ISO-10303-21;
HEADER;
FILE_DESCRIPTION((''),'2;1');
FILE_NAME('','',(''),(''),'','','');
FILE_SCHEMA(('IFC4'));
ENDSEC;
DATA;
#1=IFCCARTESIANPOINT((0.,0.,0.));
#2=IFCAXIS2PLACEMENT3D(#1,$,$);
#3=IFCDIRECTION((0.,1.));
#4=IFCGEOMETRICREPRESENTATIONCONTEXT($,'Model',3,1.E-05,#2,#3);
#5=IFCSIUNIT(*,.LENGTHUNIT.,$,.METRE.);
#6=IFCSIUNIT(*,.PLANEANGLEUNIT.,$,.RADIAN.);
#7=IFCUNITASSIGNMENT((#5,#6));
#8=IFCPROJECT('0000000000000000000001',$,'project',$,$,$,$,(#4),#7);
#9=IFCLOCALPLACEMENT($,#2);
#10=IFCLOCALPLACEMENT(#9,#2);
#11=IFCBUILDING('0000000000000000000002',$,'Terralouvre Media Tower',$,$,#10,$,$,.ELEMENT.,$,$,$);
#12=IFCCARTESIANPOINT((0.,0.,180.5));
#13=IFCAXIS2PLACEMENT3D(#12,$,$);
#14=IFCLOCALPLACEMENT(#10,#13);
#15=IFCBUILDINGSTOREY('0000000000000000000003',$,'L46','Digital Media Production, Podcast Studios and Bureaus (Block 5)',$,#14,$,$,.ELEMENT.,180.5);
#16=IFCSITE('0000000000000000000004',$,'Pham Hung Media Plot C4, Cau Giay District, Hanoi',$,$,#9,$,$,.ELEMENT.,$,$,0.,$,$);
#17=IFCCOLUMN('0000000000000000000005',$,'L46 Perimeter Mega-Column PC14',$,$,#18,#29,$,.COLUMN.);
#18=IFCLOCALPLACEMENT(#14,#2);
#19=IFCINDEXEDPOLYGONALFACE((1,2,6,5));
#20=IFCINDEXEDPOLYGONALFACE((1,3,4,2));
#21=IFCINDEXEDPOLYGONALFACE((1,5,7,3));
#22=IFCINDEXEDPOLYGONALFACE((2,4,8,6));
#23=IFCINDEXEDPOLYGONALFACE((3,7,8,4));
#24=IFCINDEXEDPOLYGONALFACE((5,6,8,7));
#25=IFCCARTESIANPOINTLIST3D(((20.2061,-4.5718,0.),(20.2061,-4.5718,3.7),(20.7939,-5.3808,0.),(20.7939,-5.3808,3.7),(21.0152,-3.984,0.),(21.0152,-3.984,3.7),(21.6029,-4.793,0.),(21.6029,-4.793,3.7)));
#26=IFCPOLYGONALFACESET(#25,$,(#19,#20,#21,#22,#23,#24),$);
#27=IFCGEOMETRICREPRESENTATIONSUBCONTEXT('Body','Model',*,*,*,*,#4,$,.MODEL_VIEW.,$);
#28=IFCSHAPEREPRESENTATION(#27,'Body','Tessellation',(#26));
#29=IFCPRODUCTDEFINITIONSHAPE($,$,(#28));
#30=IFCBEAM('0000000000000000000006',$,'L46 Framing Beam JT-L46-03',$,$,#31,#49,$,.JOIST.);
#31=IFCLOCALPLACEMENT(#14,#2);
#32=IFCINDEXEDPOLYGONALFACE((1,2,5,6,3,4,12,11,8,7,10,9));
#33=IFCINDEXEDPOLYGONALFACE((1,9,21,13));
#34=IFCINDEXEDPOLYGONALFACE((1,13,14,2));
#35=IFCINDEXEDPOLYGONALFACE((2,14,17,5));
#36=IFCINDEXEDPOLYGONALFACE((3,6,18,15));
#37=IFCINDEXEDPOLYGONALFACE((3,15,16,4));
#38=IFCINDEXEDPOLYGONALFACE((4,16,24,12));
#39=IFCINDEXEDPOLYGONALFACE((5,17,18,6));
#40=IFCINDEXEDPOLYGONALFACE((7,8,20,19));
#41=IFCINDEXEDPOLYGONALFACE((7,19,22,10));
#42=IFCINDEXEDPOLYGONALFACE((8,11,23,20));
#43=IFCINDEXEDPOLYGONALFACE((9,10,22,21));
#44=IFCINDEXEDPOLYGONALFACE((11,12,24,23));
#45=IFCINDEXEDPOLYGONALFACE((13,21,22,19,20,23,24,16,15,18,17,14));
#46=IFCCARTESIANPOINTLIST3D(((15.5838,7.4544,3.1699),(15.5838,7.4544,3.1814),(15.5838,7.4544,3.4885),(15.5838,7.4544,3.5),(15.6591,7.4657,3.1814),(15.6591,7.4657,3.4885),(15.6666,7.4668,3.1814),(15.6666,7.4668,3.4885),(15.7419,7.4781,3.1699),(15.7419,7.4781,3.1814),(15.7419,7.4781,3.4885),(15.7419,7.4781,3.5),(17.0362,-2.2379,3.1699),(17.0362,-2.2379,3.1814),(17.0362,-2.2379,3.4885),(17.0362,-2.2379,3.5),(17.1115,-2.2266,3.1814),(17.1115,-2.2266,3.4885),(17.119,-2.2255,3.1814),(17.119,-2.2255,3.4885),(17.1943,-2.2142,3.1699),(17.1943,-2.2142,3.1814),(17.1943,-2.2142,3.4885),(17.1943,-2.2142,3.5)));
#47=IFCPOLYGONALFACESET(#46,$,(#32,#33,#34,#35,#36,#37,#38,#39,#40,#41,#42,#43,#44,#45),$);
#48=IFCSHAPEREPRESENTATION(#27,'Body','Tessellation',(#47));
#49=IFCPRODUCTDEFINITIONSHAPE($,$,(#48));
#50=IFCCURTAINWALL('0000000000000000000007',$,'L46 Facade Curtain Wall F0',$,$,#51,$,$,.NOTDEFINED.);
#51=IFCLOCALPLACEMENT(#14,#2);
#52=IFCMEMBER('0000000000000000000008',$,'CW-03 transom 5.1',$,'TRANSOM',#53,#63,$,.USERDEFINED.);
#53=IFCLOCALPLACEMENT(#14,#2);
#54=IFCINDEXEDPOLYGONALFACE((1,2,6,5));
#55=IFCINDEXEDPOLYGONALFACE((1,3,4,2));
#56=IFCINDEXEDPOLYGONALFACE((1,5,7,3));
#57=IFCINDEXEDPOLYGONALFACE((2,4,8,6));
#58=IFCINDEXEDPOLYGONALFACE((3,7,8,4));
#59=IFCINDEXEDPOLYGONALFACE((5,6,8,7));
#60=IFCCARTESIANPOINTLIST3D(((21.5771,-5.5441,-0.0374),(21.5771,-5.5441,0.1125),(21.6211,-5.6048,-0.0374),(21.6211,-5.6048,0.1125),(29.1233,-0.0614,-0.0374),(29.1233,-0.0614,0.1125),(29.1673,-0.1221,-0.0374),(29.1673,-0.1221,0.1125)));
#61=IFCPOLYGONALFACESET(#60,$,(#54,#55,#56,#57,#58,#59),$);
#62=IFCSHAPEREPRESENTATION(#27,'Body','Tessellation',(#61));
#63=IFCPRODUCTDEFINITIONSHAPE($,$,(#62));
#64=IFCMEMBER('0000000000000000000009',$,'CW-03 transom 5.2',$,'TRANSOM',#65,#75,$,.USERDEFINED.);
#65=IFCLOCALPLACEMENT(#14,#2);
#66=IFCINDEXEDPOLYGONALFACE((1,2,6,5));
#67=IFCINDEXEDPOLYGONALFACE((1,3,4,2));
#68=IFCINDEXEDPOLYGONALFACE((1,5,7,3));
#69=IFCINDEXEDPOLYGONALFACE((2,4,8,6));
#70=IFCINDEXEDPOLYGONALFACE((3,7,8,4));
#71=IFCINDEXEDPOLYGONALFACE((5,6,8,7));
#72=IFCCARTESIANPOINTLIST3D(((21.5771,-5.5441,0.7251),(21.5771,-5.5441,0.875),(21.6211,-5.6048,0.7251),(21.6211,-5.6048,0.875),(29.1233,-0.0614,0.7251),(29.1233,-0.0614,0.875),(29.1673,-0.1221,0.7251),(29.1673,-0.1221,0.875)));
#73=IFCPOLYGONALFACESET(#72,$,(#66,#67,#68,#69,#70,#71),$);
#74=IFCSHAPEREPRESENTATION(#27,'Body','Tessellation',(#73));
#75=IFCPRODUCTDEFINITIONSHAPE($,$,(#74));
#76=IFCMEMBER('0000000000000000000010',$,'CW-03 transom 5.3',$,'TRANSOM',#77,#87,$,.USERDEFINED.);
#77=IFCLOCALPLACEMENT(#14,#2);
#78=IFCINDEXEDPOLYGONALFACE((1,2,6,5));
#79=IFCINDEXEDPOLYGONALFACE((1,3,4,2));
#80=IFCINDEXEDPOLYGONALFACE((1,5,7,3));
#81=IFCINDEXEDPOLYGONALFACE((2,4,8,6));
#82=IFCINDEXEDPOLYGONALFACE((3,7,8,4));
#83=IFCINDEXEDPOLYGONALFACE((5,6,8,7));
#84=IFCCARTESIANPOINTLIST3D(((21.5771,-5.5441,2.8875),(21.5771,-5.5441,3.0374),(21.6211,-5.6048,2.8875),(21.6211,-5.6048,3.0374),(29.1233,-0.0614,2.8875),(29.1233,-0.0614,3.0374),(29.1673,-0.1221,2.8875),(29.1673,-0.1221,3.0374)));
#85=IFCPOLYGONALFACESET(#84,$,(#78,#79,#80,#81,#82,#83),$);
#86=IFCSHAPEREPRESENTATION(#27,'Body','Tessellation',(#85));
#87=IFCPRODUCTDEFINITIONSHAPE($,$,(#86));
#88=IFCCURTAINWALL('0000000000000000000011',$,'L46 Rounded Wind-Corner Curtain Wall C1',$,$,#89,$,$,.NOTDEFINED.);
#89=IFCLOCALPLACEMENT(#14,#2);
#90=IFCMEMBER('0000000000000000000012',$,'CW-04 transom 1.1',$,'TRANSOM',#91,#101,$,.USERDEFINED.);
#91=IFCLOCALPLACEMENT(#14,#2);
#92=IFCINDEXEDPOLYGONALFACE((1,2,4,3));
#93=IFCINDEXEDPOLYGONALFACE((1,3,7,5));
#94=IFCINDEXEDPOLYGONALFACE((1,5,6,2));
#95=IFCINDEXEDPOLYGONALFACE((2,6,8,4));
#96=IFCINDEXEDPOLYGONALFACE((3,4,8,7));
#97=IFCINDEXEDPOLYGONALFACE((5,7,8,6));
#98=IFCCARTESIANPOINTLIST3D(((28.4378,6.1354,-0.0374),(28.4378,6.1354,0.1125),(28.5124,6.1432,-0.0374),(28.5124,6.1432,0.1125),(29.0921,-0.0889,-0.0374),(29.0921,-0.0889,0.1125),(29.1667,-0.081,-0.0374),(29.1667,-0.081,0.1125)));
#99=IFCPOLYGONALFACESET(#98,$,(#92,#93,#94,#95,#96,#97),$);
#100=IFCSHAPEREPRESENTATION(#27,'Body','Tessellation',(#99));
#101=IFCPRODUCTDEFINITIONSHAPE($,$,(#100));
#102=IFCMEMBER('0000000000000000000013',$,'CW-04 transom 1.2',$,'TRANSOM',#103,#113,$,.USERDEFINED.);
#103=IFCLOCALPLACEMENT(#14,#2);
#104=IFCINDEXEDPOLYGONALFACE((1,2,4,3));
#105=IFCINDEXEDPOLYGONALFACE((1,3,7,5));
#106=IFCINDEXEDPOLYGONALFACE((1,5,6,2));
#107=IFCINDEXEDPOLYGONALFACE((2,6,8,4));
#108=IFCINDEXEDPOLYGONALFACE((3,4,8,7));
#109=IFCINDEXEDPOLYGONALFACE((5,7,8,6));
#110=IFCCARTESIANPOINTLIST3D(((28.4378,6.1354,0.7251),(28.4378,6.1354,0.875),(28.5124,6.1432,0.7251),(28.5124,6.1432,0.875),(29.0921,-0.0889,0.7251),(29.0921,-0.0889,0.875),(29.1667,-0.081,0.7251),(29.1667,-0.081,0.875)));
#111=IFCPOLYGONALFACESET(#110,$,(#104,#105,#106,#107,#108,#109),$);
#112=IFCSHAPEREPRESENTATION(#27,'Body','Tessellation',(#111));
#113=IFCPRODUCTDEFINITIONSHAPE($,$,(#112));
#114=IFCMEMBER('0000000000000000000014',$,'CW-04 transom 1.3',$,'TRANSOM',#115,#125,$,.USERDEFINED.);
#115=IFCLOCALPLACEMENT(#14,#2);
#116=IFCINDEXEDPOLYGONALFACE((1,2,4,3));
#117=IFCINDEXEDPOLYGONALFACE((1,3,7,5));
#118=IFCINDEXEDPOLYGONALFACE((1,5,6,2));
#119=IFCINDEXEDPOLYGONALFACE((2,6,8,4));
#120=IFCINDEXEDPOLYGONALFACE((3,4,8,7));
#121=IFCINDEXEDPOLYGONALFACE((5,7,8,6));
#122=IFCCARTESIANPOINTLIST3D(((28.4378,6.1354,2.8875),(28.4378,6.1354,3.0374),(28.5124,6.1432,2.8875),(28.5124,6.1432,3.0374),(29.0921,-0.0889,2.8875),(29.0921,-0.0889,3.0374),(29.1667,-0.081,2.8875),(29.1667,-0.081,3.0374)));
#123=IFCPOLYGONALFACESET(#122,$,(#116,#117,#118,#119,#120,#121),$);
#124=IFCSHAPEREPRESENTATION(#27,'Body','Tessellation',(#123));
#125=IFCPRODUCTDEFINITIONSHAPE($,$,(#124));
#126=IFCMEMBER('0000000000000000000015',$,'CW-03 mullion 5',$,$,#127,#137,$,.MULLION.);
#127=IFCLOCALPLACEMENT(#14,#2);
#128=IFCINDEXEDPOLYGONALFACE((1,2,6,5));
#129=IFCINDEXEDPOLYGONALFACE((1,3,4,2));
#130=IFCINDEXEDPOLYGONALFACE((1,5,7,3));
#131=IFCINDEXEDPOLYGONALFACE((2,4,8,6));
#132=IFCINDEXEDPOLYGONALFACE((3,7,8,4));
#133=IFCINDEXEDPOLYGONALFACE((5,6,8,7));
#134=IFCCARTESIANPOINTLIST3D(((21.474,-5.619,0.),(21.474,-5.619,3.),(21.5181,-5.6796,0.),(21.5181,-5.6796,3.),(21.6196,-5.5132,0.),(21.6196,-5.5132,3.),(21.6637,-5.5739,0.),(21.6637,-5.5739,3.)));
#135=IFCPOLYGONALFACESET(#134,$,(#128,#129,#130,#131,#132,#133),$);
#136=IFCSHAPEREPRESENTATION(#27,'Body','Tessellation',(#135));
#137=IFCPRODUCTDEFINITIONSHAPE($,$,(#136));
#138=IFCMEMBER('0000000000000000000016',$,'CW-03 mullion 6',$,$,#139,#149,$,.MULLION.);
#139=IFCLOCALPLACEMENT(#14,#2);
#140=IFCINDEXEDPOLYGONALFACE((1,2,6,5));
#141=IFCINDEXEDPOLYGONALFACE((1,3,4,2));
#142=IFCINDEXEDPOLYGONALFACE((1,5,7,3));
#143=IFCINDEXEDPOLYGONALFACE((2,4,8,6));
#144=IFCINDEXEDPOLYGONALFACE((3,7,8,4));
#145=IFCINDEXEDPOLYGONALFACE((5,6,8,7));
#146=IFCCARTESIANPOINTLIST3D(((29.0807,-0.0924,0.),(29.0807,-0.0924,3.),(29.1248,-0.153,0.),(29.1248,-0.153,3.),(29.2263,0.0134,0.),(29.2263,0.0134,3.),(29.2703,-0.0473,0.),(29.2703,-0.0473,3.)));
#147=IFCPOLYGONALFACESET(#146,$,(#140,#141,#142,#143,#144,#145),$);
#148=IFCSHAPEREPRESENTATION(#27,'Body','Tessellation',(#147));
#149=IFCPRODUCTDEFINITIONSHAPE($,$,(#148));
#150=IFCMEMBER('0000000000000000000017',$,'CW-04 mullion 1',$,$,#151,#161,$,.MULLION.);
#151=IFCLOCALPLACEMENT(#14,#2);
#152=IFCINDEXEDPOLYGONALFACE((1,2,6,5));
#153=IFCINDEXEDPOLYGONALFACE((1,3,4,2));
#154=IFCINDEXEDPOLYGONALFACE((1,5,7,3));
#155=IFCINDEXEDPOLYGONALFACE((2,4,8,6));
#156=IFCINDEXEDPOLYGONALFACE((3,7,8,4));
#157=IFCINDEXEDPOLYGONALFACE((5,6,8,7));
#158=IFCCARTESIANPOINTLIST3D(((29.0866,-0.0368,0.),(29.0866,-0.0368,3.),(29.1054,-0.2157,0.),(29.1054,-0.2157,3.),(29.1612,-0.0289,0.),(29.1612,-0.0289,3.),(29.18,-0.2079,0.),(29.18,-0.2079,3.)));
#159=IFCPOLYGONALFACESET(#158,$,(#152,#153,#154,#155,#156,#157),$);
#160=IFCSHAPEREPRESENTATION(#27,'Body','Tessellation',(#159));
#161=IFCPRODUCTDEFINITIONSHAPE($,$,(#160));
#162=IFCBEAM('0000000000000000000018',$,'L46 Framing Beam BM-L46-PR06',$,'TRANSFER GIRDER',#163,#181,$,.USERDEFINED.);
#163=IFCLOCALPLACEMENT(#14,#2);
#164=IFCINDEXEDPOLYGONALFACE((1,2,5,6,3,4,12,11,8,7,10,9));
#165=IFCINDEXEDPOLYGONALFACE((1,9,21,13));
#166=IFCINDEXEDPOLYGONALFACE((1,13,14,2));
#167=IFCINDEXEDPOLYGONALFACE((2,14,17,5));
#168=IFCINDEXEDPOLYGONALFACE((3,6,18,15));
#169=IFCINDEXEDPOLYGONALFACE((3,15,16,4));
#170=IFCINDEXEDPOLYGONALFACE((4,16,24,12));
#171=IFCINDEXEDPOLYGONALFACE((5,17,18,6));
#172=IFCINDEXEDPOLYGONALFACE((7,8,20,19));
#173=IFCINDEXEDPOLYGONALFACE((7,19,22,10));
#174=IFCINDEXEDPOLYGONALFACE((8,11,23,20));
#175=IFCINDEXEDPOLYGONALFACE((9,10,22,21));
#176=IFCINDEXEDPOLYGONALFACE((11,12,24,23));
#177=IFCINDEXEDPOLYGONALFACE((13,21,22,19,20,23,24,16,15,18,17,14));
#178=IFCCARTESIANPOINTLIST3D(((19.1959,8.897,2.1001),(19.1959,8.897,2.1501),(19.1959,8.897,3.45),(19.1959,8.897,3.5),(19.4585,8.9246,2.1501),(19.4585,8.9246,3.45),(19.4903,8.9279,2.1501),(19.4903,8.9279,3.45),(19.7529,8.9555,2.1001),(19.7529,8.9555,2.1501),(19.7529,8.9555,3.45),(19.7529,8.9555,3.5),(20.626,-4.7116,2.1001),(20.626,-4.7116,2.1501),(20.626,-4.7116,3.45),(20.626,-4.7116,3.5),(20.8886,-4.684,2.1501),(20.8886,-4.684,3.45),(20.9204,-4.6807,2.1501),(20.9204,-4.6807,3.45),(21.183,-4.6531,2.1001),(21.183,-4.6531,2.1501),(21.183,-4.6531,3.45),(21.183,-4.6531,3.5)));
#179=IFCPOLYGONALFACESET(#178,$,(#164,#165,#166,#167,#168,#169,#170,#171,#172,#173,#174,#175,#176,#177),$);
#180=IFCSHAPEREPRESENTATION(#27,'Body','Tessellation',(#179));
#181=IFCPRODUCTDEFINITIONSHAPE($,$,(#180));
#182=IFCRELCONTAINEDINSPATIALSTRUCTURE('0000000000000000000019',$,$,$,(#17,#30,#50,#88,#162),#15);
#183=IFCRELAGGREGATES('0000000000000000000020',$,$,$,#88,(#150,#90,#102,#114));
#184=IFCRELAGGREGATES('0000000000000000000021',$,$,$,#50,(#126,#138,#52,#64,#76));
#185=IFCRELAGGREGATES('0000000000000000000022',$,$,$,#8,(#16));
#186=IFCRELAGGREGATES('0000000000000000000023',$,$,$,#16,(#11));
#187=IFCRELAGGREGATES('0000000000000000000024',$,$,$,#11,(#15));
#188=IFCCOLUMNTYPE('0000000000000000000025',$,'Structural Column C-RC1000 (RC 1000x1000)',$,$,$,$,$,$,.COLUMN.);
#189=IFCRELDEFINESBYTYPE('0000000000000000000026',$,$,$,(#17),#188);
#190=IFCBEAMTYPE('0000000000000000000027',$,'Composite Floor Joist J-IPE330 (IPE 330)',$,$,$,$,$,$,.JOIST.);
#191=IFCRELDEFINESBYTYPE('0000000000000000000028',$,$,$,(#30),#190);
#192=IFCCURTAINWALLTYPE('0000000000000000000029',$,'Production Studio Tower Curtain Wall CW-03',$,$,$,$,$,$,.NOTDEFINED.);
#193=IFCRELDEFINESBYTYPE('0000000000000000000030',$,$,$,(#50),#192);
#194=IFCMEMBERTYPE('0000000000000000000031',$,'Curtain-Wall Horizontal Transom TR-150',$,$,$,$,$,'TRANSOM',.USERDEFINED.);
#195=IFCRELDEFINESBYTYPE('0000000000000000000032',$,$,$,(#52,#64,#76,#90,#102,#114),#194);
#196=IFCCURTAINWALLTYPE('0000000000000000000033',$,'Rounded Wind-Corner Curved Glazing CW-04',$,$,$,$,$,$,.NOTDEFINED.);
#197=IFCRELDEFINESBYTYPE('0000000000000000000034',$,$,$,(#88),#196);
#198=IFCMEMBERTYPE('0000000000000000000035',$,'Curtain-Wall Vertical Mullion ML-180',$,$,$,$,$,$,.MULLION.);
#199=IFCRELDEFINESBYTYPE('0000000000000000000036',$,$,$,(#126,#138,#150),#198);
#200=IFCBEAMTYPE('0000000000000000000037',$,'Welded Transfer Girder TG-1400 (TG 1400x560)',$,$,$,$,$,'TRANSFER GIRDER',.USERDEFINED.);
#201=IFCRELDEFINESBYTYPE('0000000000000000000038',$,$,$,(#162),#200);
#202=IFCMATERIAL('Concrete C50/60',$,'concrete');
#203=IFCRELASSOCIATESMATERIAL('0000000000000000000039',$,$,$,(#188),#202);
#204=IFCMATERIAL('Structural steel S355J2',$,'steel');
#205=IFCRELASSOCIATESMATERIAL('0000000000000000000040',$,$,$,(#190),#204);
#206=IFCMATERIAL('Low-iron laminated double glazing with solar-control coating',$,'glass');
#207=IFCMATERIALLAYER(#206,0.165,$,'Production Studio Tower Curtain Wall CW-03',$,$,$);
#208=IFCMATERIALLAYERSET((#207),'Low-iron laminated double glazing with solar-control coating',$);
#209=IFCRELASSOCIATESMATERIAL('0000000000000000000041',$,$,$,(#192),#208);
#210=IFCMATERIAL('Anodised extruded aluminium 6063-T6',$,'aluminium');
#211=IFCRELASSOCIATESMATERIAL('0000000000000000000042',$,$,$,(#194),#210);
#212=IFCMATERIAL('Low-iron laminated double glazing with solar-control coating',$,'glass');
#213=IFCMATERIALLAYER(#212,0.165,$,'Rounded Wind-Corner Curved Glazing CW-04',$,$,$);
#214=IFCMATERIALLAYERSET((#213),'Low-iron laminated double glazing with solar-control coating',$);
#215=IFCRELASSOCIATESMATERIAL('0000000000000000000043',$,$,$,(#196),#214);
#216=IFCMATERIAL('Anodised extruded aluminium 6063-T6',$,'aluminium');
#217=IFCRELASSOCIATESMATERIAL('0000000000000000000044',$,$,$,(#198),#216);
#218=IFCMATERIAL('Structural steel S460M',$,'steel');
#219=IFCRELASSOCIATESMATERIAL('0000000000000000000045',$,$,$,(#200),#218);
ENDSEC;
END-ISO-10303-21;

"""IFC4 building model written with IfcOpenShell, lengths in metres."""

from ifc_helpers import new_model, si_unit, direction, frame, origin, origin_2d, place, context, subcontext, project, spatial, rectangle, i_section, extrude, material, layer, layer_set, material_profile, profile_set, type_object, element, aggregate, save


model = new_model("IFC4")

# Units and contexts
model_context = context("Model", 3, precision=1e-05, world=origin(), true_north=direction((0.0, 1.0)))
body_context = subcontext(model_context, "Body", "Model", "MODEL_VIEW")
ifc_project = project(units=[si_unit("LENGTHUNIT", "METRE"), si_unit("PLANEANGLEUNIT", "RADIAN")], contexts=[model_context])

# Site, building, storey
site_placement = place(None, origin())
site = spatial("IfcSite", under=ifc_project, at=site_placement, Name="Pham Hung Media Plot C4, Cau Giay District, Hanoi", CompositionType="ELEMENT", RefElevation=0.0)
building_placement = place(site_placement, origin())
building = spatial("IfcBuilding", under=site, at=building_placement, Name="Terralouvre Media Tower", CompositionType="ELEMENT")
storey_placement = place(building_placement, frame((0.0, 0.0, 180.5)))
storey = spatial("IfcBuildingStorey", under=building, at=storey_placement, Name="L46", Description="Digital Media Production, Podcast Studios and Bureaus (Block 5)", CompositionType="ELEMENT", Elevation=180.5)

# Column
ifc_material_1 = material(Name="Concrete C50/60", Category="concrete")
ifc_material_profile_1 = material_profile(ifc_material_1, rectangle(XDim=1.0, YDim=1.0, at=origin_2d()), Name="RC 1000x1000")
ifc_profile_set_1 = profile_set([ifc_material_profile_1], Name="Concrete C50/60")
column_type = type_object("IfcColumnType", Name="Structural Column C-RC1000 (RC 1000x1000)", PredefinedType="COLUMN", material=ifc_profile_set_1)
column_placement = place(storey_placement, frame((20.9045, -4.6824, 0.0), z_axis=(0.0, 0.0, 1.0), x_axis=(0.809017, 0.587785, 0.0)))
element("IfcColumn", 1, at=column_placement, inside=storey, type_object=column_type, Name="L46 Perimeter Mega-Column PC14", PredefinedType="COLUMN", context=body_context, shape_type="SweptSolid", body=[
    extrude(rectangle(XDim=1.0, YDim=1.0, at=origin_2d()), origin(), (0.0, 0.0, 1.0), 3.7),
])

# Beam
ifc_material_2 = material(Name="Structural steel S355J2", Category="steel")
ifc_material_profile_2 = material_profile(ifc_material_2, i_section(OverallWidth=0.1599, OverallDepth=0.3301, WebThickness=0.0076, FlangeThickness=0.0115, at=origin_2d()), Name="IPE 330")
ifc_profile_set_2 = profile_set([ifc_material_profile_2], Name="Structural steel S355J2")
beam_type_1 = type_object("IfcBeamType", Name="Composite Floor Joist J-IPE330 (IPE 330)", PredefinedType="JOIST", material=ifc_profile_set_2)
beam_1_placement = place(storey_placement, frame((17.1152, -2.2261, 3.335), z_axis=(-0.148194, 0.988958, 0.0), x_axis=(-0.988958, -0.148194, 0.0)))
element("IfcBeam", 2, at=beam_1_placement, inside=storey, type_object=beam_type_1, Name="L46 Framing Beam JT-L46-03", PredefinedType="JOIST", context=body_context, shape_type="SweptSolid", body=[
    extrude(i_section(OverallWidth=0.1599, OverallDepth=0.3301, WebThickness=0.0076, FlangeThickness=0.0115, at=origin_2d()), origin(), (0.0, 0.0, 1.0), 9.8005),
])

# Curtain walls, members
ifc_material_3 = material(Name="Low-iron laminated double glazing with solar-control coating", Category="glass")
ifc_layer_1 = layer(ifc_material_3, 0.165, Name="Production Studio Tower Curtain Wall CW-03")
ifc_layer_set_1 = layer_set([ifc_layer_1], Name="Low-iron laminated double glazing with solar-control coating")
curtain_wall_type_1 = type_object("IfcCurtainWallType", Name="Production Studio Tower Curtain Wall CW-03", PredefinedType="NOTDEFINED", material=ifc_layer_set_1)
curtain_wall_1_placement = place(storey_placement, origin())
curtain_wall_1 = element("IfcCurtainWall", 3, at=curtain_wall_1_placement, inside=storey, type_object=curtain_wall_type_1, Name="L46 Facade Curtain Wall F0", PredefinedType="NOTDEFINED")
ifc_material_4 = material(Name="Anodised extruded aluminium 6063-T6", Category="aluminium")
ifc_material_profile_3 = material_profile(ifc_material_4, rectangle(XDim=0.075, YDim=0.1499, at=origin_2d()), Name="ALU 75x150")
ifc_profile_set_3 = profile_set([ifc_material_profile_3], Name="Anodised extruded aluminium 6063-T6")
member_type_1 = type_object("IfcMemberType", Name="Curtain-Wall Horizontal Transom TR-150", ElementType="TRANSOM", PredefinedType="USERDEFINED", material=ifc_profile_set_3)
member_1_placement = place(storey_placement, frame((21.5991, -5.5745, 0.0376), z_axis=(0.809013, 0.58779, 0.0), x_axis=(-0.58779, 0.809013, 0.0)))
member_1 = element("IfcMember", 4, at=member_1_placement, type_object=member_type_1, Name="CW-03 transom 5.1", ObjectType="TRANSOM", PredefinedType="USERDEFINED", context=body_context, shape_type="SweptSolid", body=[
    extrude(rectangle(XDim=0.075, YDim=0.1499, at=origin_2d()), origin(), (0.0, 0.0, 1.0), 9.3276),
])
member_2_placement = place(storey_placement, frame((21.5991, -5.5745, 0.8), z_axis=(0.809013, 0.58779, 0.0), x_axis=(-0.58779, 0.809013, 0.0)))
member_2 = element("IfcMember", 5, at=member_2_placement, type_object=member_type_1, Name="CW-03 transom 5.2", ObjectType="TRANSOM", PredefinedType="USERDEFINED", context=body_context, shape_type="SweptSolid", body=[
    extrude(rectangle(XDim=0.075, YDim=0.1499, at=origin_2d()), origin(), (0.0, 0.0, 1.0), 9.3276),
])
member_3_placement = place(storey_placement, frame((21.5991, -5.5745, 2.9624), z_axis=(0.809013, 0.58779, 0.0), x_axis=(-0.58779, 0.809013, 0.0)))
member_3 = element("IfcMember", 6, at=member_3_placement, type_object=member_type_1, Name="CW-03 transom 5.3", ObjectType="TRANSOM", PredefinedType="USERDEFINED", context=body_context, shape_type="SweptSolid", body=[
    extrude(rectangle(XDim=0.075, YDim=0.1499, at=origin_2d()), origin(), (0.0, 0.0, 1.0), 9.3276),
])
ifc_material_5 = material(Name="Low-iron laminated double glazing with solar-control coating", Category="glass")
ifc_layer_2 = layer(ifc_material_5, 0.165, Name="Rounded Wind-Corner Curved Glazing CW-04")
ifc_layer_set_2 = layer_set([ifc_layer_2], Name="Low-iron laminated double glazing with solar-control coating")
curtain_wall_type_2 = type_object("IfcCurtainWallType", Name="Rounded Wind-Corner Curved Glazing CW-04", PredefinedType="NOTDEFINED", material=ifc_layer_set_2)
curtain_wall_2_placement = place(storey_placement, origin())
curtain_wall_2 = element("IfcCurtainWall", 7, at=curtain_wall_2_placement, inside=storey, type_object=curtain_wall_type_2, Name="L46 Rounded Wind-Corner Curtain Wall C1", PredefinedType="NOTDEFINED")
member_4_placement = place(storey_placement, frame((29.1294, -0.085, 0.0376), z_axis=(-0.104543, 0.99452, 0.0), x_axis=(-0.99452, -0.104543, 0.0)))
member_4 = element("IfcMember", 8, at=member_4_placement, type_object=member_type_1, Name="CW-04 transom 1.1", ObjectType="TRANSOM", PredefinedType="USERDEFINED", context=body_context, shape_type="SweptSolid", body=[
    extrude(rectangle(XDim=0.075, YDim=0.1499, at=origin_2d()), origin(), (0.0, 0.0, 1.0), 6.2585),
])
member_5_placement = place(storey_placement, frame((29.1294, -0.085, 0.8), z_axis=(-0.104543, 0.99452, 0.0), x_axis=(-0.99452, -0.104543, 0.0)))
member_5 = element("IfcMember", 9, at=member_5_placement, type_object=member_type_1, Name="CW-04 transom 1.2", ObjectType="TRANSOM", PredefinedType="USERDEFINED", context=body_context, shape_type="SweptSolid", body=[
    extrude(rectangle(XDim=0.075, YDim=0.1499, at=origin_2d()), origin(), (0.0, 0.0, 1.0), 6.2585),
])
member_6_placement = place(storey_placement, frame((29.1294, -0.085, 2.9624), z_axis=(-0.104543, 0.99452, 0.0), x_axis=(-0.99452, -0.104543, 0.0)))
member_6 = element("IfcMember", 10, at=member_6_placement, type_object=member_type_1, Name="CW-04 transom 1.3", ObjectType="TRANSOM", PredefinedType="USERDEFINED", context=body_context, shape_type="SweptSolid", body=[
    extrude(rectangle(XDim=0.075, YDim=0.1499, at=origin_2d()), origin(), (0.0, 0.0, 1.0), 6.2585),
])

# Members
ifc_material_6 = material(Name="Anodised extruded aluminium 6063-T6", Category="aluminium")
ifc_material_profile_4 = material_profile(ifc_material_6, rectangle(XDim=0.075, YDim=0.1799, at=origin_2d()), Name="ALU 75x180")
ifc_profile_set_4 = profile_set([ifc_material_profile_4], Name="Anodised extruded aluminium 6063-T6")
member_type_2 = type_object("IfcMemberType", Name="Curtain-Wall Vertical Mullion ML-180", PredefinedType="MULLION", material=ifc_profile_set_4)
member_7_placement = place(storey_placement, frame((21.5688, -5.5964, 0.0), z_axis=(0.0, 0.0, 1.0), x_axis=(-0.587785, 0.809017, 0.0)))
member_7 = element("IfcMember", 11, at=member_7_placement, type_object=member_type_2, Name="CW-03 mullion 5", PredefinedType="MULLION", context=body_context, shape_type="SweptSolid", body=[
    extrude(rectangle(XDim=0.075, YDim=0.1799, at=origin_2d()), origin(), (0.0, 0.0, 1.0), 3.0),
])
member_8_placement = place(storey_placement, frame((29.1755, -0.0698, 0.0), z_axis=(0.0, 0.0, 1.0), x_axis=(-0.587785, 0.809017, 0.0)))
member_8 = element("IfcMember", 12, at=member_8_placement, type_object=member_type_2, Name="CW-03 mullion 6", PredefinedType="MULLION", context=body_context, shape_type="SweptSolid", body=[
    extrude(rectangle(XDim=0.075, YDim=0.1799, at=origin_2d()), origin(), (0.0, 0.0, 1.0), 3.0),
])
member_9_placement = place(storey_placement, frame((29.1333, -0.1223, 0.0), z_axis=(0.0, 0.0, 1.0), x_axis=(-0.994522, -0.104529, 0.0)))
member_9 = element("IfcMember", 13, at=member_9_placement, type_object=member_type_2, Name="CW-04 mullion 1", PredefinedType="MULLION", context=body_context, shape_type="SweptSolid", body=[
    extrude(rectangle(XDim=0.075, YDim=0.1799, at=origin_2d()), origin(), (0.0, 0.0, 1.0), 3.0),
])
aggregate(curtain_wall_2, [member_9, member_4, member_5, member_6])

# Beam
ifc_material_7 = material(Name="Structural steel S460M", Category="steel")
ifc_material_profile_5 = material_profile(ifc_material_7, i_section(OverallWidth=0.5601, OverallDepth=1.3999, WebThickness=0.032, FlangeThickness=0.05, at=origin_2d()), Name="TG 1400x560")
ifc_profile_set_5 = profile_set([ifc_material_profile_5], Name="Structural steel S460M")
beam_type_2 = type_object("IfcBeamType", Name="Welded Transfer Girder TG-1400 (TG 1400x560)", ElementType="TRANSFER GIRDER", PredefinedType="USERDEFINED", material=ifc_profile_set_5)
beam_2_placement = place(storey_placement, frame((20.9045, -4.6824, 2.8), z_axis=(-0.104518, 0.994523, 0.0), x_axis=(-0.994523, -0.104518, 0.0)))
element("IfcBeam", 14, at=beam_2_placement, inside=storey, type_object=beam_type_2, Name="L46 Framing Beam BM-L46-PR06", ObjectType="TRANSFER GIRDER", PredefinedType="USERDEFINED", context=body_context, shape_type="SweptSolid", body=[
    extrude(i_section(OverallWidth=0.5601, OverallDepth=1.3999, WebThickness=0.032, FlangeThickness=0.05, at=origin_2d()), origin(), (0.0, 0.0, 1.0), 13.6836),
])

aggregate(curtain_wall_1, [member_7, member_8, member_1, member_2, member_3])

save(model, "model.ifc")
